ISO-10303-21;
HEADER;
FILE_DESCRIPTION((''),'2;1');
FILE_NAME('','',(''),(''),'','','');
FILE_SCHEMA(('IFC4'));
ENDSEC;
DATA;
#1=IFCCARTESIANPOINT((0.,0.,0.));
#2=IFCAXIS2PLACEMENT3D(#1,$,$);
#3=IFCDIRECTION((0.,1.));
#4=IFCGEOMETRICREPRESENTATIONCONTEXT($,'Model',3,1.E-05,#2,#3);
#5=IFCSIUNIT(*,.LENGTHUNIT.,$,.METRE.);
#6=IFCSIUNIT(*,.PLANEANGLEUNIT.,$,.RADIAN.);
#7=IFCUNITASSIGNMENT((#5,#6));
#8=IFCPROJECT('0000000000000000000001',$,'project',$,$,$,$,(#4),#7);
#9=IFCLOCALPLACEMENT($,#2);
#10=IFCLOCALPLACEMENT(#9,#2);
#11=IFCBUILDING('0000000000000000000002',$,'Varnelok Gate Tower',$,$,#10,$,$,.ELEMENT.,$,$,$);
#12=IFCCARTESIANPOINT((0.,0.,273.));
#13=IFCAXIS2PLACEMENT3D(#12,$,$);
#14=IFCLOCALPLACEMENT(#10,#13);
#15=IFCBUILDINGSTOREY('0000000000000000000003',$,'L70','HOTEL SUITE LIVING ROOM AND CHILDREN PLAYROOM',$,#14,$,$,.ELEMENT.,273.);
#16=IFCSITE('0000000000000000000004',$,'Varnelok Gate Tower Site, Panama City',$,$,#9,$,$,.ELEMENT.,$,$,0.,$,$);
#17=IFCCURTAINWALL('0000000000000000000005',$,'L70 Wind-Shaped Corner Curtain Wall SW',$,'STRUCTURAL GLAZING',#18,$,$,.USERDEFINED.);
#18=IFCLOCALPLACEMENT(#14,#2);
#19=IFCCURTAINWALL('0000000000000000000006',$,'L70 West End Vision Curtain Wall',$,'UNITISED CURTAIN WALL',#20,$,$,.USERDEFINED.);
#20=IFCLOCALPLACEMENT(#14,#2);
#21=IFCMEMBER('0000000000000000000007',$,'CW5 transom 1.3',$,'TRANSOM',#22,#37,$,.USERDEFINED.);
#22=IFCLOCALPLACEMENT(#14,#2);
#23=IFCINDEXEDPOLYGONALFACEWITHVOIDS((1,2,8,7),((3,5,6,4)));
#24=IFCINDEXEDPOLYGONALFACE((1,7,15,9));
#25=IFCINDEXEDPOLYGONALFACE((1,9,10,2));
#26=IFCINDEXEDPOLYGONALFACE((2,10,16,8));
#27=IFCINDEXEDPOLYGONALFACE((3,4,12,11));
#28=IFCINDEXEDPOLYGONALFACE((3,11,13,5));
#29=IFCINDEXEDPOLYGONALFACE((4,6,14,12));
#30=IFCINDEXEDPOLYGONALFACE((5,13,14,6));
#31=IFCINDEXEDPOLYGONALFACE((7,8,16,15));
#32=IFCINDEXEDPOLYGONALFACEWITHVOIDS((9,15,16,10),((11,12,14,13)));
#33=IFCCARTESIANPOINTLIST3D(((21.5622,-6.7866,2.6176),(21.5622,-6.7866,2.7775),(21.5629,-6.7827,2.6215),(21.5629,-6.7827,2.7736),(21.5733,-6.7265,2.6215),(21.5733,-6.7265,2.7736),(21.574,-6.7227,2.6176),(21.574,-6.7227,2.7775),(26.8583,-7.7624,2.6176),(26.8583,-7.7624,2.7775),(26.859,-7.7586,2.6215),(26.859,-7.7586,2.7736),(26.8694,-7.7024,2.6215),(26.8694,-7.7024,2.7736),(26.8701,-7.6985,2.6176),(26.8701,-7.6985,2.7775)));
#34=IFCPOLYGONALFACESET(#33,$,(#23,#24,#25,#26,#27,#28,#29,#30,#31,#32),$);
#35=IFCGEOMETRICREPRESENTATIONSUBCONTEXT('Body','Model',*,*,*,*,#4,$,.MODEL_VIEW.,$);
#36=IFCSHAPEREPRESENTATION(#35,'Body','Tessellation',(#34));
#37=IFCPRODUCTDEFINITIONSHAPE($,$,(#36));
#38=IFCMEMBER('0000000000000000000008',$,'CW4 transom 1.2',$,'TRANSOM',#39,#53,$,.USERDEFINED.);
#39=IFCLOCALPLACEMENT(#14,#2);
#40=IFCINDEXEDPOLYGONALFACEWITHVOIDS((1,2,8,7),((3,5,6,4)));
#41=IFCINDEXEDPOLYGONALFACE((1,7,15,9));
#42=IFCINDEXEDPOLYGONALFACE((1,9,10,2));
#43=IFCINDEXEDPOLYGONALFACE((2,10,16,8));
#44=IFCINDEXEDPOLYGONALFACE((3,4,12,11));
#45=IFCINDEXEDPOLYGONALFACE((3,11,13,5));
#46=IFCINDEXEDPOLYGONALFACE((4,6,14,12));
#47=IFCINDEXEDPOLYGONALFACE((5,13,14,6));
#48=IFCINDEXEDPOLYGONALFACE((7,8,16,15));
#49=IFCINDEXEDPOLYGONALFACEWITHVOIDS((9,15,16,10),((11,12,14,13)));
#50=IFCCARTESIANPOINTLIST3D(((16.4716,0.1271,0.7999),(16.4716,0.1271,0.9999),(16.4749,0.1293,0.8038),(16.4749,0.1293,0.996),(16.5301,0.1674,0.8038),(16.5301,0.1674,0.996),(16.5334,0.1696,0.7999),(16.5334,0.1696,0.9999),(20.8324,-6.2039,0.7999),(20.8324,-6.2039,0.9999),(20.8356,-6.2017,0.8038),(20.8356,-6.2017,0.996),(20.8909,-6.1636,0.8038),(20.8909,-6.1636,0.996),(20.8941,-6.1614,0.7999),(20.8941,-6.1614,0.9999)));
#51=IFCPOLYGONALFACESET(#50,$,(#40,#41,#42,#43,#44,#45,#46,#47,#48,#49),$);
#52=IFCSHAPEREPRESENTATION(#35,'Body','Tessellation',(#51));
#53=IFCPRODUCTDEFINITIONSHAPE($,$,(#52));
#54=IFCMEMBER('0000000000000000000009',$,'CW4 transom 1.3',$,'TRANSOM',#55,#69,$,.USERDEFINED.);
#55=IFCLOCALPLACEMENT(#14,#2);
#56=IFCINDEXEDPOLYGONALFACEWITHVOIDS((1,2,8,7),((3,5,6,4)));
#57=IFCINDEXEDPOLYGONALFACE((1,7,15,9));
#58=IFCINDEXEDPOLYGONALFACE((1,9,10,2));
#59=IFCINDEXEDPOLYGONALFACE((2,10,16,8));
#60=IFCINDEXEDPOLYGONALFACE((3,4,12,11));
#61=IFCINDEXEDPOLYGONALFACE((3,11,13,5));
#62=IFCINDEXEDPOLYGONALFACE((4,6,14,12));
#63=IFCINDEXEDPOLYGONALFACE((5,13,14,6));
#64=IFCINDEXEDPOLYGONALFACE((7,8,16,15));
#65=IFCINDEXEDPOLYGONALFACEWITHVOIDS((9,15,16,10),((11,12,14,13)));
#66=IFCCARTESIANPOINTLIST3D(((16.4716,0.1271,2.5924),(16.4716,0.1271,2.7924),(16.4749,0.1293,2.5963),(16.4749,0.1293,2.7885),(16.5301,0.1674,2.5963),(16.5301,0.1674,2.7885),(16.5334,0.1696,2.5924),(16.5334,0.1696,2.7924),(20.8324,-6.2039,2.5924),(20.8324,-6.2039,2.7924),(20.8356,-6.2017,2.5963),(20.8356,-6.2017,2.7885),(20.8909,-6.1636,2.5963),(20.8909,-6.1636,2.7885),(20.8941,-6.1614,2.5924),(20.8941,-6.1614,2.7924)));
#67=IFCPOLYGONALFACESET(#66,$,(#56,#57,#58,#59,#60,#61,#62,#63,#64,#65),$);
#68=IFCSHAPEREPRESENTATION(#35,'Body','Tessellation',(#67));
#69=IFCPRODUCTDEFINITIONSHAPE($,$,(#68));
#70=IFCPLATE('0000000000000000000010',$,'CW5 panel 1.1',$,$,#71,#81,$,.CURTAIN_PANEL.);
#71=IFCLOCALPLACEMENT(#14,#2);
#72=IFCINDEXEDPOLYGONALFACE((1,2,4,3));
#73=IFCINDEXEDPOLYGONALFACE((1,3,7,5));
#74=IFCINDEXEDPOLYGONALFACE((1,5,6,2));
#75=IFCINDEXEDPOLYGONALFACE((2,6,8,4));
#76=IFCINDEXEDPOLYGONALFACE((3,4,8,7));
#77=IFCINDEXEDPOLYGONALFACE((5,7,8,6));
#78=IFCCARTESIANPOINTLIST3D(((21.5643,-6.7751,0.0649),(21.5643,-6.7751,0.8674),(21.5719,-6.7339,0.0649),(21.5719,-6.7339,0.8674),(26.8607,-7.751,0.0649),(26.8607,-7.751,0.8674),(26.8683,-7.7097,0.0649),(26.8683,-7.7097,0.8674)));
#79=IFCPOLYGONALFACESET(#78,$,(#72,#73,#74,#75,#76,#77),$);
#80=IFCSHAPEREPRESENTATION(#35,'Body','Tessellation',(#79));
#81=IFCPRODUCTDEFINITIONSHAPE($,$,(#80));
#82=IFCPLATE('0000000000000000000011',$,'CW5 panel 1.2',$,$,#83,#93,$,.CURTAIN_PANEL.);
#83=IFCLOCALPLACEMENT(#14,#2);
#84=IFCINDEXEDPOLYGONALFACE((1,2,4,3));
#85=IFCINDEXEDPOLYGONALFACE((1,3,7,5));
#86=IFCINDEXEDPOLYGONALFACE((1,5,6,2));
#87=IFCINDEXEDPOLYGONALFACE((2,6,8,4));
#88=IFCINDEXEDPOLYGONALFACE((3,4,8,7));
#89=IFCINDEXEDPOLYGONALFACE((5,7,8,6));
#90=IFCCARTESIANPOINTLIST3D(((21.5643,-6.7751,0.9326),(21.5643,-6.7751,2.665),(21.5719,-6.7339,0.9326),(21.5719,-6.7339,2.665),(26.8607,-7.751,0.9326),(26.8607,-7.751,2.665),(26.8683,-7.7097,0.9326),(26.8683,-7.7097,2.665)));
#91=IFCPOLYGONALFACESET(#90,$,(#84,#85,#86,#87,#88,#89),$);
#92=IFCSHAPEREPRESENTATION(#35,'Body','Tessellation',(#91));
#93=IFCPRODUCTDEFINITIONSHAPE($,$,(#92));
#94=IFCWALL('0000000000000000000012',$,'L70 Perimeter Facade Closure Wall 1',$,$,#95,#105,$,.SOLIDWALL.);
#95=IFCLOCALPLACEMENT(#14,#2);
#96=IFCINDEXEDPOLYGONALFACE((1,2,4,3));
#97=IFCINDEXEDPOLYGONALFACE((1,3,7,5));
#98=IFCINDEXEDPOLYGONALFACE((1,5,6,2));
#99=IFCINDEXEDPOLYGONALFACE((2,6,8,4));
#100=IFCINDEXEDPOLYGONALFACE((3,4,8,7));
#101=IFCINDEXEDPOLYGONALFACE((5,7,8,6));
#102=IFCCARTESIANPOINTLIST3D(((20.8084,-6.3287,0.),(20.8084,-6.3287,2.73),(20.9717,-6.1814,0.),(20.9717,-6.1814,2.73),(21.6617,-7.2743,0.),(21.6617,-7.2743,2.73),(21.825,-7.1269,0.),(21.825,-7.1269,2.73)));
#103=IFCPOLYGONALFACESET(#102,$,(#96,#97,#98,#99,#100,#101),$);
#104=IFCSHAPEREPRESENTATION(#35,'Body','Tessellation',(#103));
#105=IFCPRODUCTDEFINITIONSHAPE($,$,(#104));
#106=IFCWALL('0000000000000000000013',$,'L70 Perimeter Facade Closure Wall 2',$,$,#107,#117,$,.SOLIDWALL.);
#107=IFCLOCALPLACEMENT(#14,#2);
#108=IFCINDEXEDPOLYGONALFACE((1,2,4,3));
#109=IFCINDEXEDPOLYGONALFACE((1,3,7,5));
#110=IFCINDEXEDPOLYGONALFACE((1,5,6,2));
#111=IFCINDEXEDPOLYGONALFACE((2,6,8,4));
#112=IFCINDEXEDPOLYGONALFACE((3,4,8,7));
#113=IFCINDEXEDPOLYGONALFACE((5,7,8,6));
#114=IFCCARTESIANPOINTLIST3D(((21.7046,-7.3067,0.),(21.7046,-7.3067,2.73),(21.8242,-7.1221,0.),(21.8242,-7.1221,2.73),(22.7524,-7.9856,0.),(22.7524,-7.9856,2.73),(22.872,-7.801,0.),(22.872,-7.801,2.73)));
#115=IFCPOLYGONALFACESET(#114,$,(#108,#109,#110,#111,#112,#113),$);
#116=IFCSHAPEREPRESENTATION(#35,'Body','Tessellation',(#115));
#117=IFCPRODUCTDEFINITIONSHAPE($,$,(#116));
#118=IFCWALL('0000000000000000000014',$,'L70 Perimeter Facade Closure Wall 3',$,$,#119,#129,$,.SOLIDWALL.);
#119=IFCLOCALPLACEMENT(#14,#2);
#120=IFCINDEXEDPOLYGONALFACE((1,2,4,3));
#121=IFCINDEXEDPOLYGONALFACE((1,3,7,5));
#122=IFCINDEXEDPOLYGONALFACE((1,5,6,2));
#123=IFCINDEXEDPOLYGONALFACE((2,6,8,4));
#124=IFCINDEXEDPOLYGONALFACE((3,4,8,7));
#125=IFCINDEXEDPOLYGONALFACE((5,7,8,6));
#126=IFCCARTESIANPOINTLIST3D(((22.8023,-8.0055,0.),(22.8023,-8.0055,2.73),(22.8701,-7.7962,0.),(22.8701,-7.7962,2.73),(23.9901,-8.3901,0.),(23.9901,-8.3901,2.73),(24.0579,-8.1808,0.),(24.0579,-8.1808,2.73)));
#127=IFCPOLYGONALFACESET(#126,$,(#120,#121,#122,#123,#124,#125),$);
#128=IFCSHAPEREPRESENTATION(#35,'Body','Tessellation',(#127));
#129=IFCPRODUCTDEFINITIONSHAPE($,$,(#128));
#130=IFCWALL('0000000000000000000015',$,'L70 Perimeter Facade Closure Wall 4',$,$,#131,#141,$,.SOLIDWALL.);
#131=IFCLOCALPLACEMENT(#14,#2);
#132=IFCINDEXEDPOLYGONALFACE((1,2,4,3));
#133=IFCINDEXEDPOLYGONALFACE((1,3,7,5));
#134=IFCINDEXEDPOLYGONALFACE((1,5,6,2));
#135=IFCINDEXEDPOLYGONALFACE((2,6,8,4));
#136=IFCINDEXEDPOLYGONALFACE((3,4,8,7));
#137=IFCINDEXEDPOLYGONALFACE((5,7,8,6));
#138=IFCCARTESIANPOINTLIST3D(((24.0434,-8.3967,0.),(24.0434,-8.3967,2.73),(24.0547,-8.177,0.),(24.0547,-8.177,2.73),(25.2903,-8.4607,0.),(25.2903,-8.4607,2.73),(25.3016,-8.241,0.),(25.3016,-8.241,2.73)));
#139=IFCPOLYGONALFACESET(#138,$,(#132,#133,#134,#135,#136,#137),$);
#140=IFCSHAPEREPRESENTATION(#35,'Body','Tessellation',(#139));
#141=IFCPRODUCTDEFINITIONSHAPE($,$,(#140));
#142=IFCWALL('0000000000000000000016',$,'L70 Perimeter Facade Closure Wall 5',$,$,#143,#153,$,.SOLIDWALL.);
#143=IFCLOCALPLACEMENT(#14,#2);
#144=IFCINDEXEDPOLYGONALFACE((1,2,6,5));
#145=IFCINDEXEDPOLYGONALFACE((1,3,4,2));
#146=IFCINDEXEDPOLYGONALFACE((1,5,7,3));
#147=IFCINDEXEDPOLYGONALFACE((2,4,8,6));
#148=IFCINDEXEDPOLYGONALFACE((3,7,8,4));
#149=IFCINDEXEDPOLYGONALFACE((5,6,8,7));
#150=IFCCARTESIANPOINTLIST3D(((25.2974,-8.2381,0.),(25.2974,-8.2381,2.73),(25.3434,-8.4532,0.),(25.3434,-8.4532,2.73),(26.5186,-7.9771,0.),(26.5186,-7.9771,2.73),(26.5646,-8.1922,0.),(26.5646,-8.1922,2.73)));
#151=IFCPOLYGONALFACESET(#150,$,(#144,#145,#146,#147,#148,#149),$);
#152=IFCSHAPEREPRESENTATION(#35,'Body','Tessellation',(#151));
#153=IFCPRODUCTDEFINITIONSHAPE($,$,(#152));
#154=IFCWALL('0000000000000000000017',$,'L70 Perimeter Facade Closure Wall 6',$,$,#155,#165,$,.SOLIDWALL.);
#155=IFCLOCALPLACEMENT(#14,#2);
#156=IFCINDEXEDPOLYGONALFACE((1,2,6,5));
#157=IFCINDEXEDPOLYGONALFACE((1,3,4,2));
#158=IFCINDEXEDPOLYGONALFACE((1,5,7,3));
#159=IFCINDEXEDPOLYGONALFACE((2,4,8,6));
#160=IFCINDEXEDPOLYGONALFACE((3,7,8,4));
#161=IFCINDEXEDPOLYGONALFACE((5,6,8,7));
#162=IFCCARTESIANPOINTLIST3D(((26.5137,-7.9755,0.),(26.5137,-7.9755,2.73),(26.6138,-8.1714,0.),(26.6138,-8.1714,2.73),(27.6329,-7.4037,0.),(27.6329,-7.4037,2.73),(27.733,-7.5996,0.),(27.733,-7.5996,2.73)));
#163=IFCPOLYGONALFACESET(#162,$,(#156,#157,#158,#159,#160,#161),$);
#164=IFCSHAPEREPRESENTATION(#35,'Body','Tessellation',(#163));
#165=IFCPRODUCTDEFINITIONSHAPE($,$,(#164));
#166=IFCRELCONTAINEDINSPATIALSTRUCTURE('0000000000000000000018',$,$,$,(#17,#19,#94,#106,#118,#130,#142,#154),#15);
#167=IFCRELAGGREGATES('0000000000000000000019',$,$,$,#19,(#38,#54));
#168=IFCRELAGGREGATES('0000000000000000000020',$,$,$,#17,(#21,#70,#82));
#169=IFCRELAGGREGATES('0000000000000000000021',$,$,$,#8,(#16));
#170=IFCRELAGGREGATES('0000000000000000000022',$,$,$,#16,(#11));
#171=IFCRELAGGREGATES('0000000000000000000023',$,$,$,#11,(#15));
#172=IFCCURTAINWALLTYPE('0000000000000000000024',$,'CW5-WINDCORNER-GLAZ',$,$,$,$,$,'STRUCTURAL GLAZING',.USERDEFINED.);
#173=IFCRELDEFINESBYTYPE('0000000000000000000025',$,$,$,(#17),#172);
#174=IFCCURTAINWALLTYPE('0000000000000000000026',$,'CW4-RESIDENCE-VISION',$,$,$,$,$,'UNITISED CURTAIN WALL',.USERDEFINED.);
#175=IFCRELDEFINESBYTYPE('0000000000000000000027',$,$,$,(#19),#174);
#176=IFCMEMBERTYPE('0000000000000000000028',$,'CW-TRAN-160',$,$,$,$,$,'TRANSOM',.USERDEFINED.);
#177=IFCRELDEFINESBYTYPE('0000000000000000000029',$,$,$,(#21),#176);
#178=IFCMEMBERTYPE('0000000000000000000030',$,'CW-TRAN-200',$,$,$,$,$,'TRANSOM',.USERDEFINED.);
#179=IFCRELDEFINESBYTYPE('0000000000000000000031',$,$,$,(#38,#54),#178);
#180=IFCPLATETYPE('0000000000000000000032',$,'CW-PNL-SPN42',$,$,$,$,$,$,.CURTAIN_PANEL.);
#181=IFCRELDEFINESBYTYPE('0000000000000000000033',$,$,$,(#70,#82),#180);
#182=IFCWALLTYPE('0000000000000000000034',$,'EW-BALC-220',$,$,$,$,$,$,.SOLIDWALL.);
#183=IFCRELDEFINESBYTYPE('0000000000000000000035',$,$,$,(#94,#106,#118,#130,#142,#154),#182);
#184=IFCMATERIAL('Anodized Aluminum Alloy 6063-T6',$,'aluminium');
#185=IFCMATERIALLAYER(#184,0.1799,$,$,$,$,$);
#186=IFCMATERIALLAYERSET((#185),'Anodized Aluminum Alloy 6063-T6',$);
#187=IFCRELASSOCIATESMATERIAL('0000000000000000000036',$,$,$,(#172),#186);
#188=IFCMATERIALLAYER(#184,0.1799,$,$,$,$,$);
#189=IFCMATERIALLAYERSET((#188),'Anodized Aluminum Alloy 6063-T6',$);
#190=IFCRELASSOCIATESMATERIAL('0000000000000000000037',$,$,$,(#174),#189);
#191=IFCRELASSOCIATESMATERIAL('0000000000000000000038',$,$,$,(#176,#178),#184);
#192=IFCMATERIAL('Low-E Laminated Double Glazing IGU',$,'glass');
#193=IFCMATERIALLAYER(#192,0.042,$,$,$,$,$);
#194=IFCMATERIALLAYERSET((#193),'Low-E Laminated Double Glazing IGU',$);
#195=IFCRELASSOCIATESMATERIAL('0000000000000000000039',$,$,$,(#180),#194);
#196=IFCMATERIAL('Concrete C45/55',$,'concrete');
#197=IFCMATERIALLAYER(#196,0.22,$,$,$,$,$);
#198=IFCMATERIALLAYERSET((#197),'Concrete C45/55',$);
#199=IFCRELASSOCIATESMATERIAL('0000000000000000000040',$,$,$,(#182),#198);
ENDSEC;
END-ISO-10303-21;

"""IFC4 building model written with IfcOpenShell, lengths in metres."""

from ifc_helpers import new_model, si_unit, direction, frame, frame_2d, origin, origin_2d, place, context, subcontext, project, spatial, rectangle, hollow_rectangle, extrude, source, transform, mapped, material, layer, layer_set, material_profile, profile_set, type_object, element, aggregate, save


model = new_model("IFC4")

# Units and contexts
model_context = context("Model", 3, precision=1e-05, world=origin(), true_north=direction((0.0, 1.0)))
body_context = subcontext(model_context, "Body", "Model", "MODEL_VIEW")
ifc_project = project(units=[si_unit("LENGTHUNIT", "METRE"), si_unit("PLANEANGLEUNIT", "RADIAN")], contexts=[model_context])

# Site, building, storey
site_placement = place(None, origin())
site = spatial("IfcSite", under=ifc_project, at=site_placement, Name="Varnelok Gate Tower Site, Panama City", CompositionType="ELEMENT", RefElevation=0.0)
building_placement = place(site_placement, origin())
building = spatial("IfcBuilding", under=site, at=building_placement, Name="Varnelok Gate Tower", CompositionType="ELEMENT")
storey_placement = place(building_placement, frame((0.0, 0.0, 273.0)))
storey = spatial("IfcBuildingStorey", under=building, at=storey_placement, Name="L70", Description="HOTEL SUITE LIVING ROOM AND CHILDREN PLAYROOM", CompositionType="ELEMENT", Elevation=273.0)

# Curtain wall
ifc_material_1 = material(Name="Anodized Aluminum Alloy 6063-T6", Category="aluminium")
ifc_layer_1 = layer(ifc_material_1, 0.1799)
ifc_layer_set_1 = layer_set([ifc_layer_1], Name="Anodized Aluminum Alloy 6063-T6")
curtain_wall_type_1 = type_object("IfcCurtainWallType", Name="CW5-WINDCORNER-GLAZ", ElementType="STRUCTURAL GLAZING", PredefinedType="USERDEFINED", material=ifc_layer_set_1)
curtain_wall_1_placement = place(storey_placement, origin())
curtain_wall_1 = element("IfcCurtainWall", 1, at=curtain_wall_1_placement, inside=storey, type_object=curtain_wall_type_1, Name="L70 Wind-Shaped Corner Curtain Wall SW", ObjectType="STRUCTURAL GLAZING", PredefinedType="USERDEFINED")

# Curtain wall
ifc_layer_2 = layer(ifc_material_1, 0.1799)
ifc_layer_set_2 = layer_set([ifc_layer_2], Name="Anodized Aluminum Alloy 6063-T6")
curtain_wall_type_2 = type_object("IfcCurtainWallType", Name="CW4-RESIDENCE-VISION", ElementType="UNITISED CURTAIN WALL", PredefinedType="USERDEFINED", material=ifc_layer_set_2)
curtain_wall_2_placement = place(storey_placement, origin())
curtain_wall_2 = element("IfcCurtainWall", 2, at=curtain_wall_2_placement, inside=storey, type_object=curtain_wall_type_2, Name="L70 West End Vision Curtain Wall", ObjectType="UNITISED CURTAIN WALL", PredefinedType="USERDEFINED")

# Members
ifc_material_profile_1 = material_profile(ifc_material_1, hollow_rectangle(XDim=0.0649, YDim=0.1599, WallThickness=0.0039, at=origin_2d()), Name="ALU160X65X4")
ifc_profile_set_1 = profile_set([ifc_material_profile_1], Name="Anodized Aluminum Alloy 6063-T6")
member_type_1 = type_object("IfcMemberType", Name="CW-TRAN-160", ElementType="TRANSOM", PredefinedType="USERDEFINED", material=ifc_profile_set_1)
member_1_placement = place(storey_placement, frame((21.5681, -6.7546, 2.6975), z_axis=(0.983446, -0.181203, 0.0), x_axis=(0.181203, 0.983446, 0.0)))
member_1 = element("IfcMember", 3, at=member_1_placement, type_object=member_type_1, Name="CW5 transom 1.3", ObjectType="TRANSOM", PredefinedType="USERDEFINED", context=body_context, shape_type="SweptSolid", body=[
    extrude(hollow_rectangle(XDim=0.0649, YDim=0.1599, WallThickness=0.0039, at=origin_2d()), origin(), (0.0, 0.0, 1.0), 5.3853),
])
ifc_material_profile_2 = material_profile(ifc_material_1, hollow_rectangle(XDim=0.075, YDim=0.2, WallThickness=0.0039, at=origin_2d()), Name="ALU200X75X4")
ifc_profile_set_2 = profile_set([ifc_material_profile_2], Name="Anodized Aluminum Alloy 6063-T6")
member_type_2 = type_object("IfcMemberType", Name="CW-TRAN-200", ElementType="TRANSOM", PredefinedType="USERDEFINED", material=ifc_profile_set_2)
member_2_placement = place(storey_placement, frame((20.8633, -6.1826, 0.8999), z_axis=(-0.567256, 0.823541, 0.0), x_axis=(-0.823541, -0.567256, 0.0)))
member_2 = element("IfcMember", 4, at=member_2_placement, type_object=member_type_2, Name="CW4 transom 1.2", ObjectType="TRANSOM", PredefinedType="USERDEFINED", context=body_context, shape_type="SweptSolid", body=[
    extrude(hollow_rectangle(XDim=0.075, YDim=0.2, WallThickness=0.0039, at=origin_2d()), origin(), (0.0, 0.0, 1.0), 7.6875),
])
member_3_placement = place(storey_placement, frame((20.8633, -6.1826, 2.6924), z_axis=(-0.567256, 0.823541, 0.0), x_axis=(-0.823541, -0.567256, 0.0)))
member_3 = element("IfcMember", 5, at=member_3_placement, type_object=member_type_2, Name="CW4 transom 1.3", ObjectType="TRANSOM", PredefinedType="USERDEFINED", context=body_context, shape_type="SweptSolid", body=[
    extrude(hollow_rectangle(XDim=0.075, YDim=0.2, WallThickness=0.0039, at=origin_2d()), origin(), (0.0, 0.0, 1.0), 7.6875),
])
aggregate(curtain_wall_2, [member_2, member_3])

# Plates
ifc_material_2 = material(Name="Low-E Laminated Double Glazing IGU", Category="glass")
ifc_layer_3 = layer(ifc_material_2, 0.042)
ifc_layer_set_3 = layer_set([ifc_layer_3], Name="Low-E Laminated Double Glazing IGU")
plate_type = type_object("IfcPlateType", Name="CW-PNL-SPN42", PredefinedType="CURTAIN_PANEL", material=ifc_layer_set_3)
shared_shape_1 = source(origin(), body_context, "Body", "SweptSolid", [
    extrude(rectangle(XDim=5.3855, YDim=0.042, at=origin_2d()), origin(), (0.0, 0.0, 1.0), 0.8025),
])
plate_1_placement = place(storey_placement, frame((24.2163, -7.2424, 0.0649), z_axis=(0.0, 0.0, 1.0), x_axis=(0.983446, -0.181202, 0.0)))
plate_1 = element("IfcPlate", 6, at=plate_1_placement, type_object=plate_type, Name="CW5 panel 1.1", PredefinedType="CURTAIN_PANEL", context=body_context, shape_type="MappedRepresentation", body=[
    mapped(shared_shape_1, transform((0.0, 0.0, 0.0), scale=1.0)),
])
shared_shape_2 = source(origin(), body_context, "Body", "SweptSolid", [
    extrude(rectangle(XDim=5.3855, YDim=0.042, at=origin_2d()), origin(), (0.0, 0.0, 1.0), 1.7324),
])
plate_2_placement = place(storey_placement, frame((24.2163, -7.2424, 0.9326), z_axis=(0.0, 0.0, 1.0), x_axis=(0.983446, -0.181202, 0.0)))
plate_2 = element("IfcPlate", 7, at=plate_2_placement, type_object=plate_type, Name="CW5 panel 1.2", PredefinedType="CURTAIN_PANEL", context=body_context, shape_type="MappedRepresentation", body=[
    mapped(shared_shape_2, transform((0.0, 0.0, 0.0), scale=1.0)),
])
aggregate(curtain_wall_1, [member_1, plate_1, plate_2])

# Walls
ifc_material_3 = material(Name="Concrete C45/55", Category="concrete")
ifc_layer_4 = layer(ifc_material_3, 0.22)
ifc_layer_set_4 = layer_set([ifc_layer_4], Name="Concrete C45/55")
wall_type_1 = type_object("IfcWallType", Name="EW-BALC-220", PredefinedType="SOLIDWALL", material=ifc_layer_set_4)
wall_1_placement = place(storey_placement, frame((20.8901, -6.2551, 0.0), z_axis=(0.0, 0.0, 1.0), x_axis=(0.669949, -0.742407, 0.0)))
element("IfcWall", 8, at=wall_1_placement, inside=storey, type_object=wall_type_1, Name="L70 Perimeter Facade Closure Wall 1", PredefinedType="SOLIDWALL", context=body_context, shape_type="SweptSolid", body=[
    extrude(rectangle(XDim=1.2737, YDim=0.22, at=frame_2d((0.6367, 0.0))), origin(), (0.0, 0.0, 1.0), 2.73),
])
for number, where, z_axis, x_axis, name in (
    (9, (21.7644, -7.2144, 0.0), (0.0, 0.0, 1.0), (0.839229, -0.543778, 0.0), "L70 Perimeter Facade Closure Wall 2"),
    (10, (22.8362, -7.9009, 0.0), (0.0, 0.0, 1.0), (0.951386, -0.308003, 0.0), "L70 Perimeter Facade Closure Wall 3"),
    (11, (24.0491, -8.2869, 0.0), (0.0, 0.0, 1.0), (0.998687, -0.051235, 0.0), "L70 Perimeter Facade Closure Wall 4"),
):
    element("IfcWall", number, at=place(storey_placement, frame(where, z_axis=z_axis, x_axis=x_axis)), inside=storey, type_object=wall_type_1, Name=name, PredefinedType="SOLIDWALL", context=body_context, shape_type="SweptSolid", body=[
        extrude(rectangle(XDim=1.2485, YDim=0.22, at=frame_2d((0.6243, 0.0))), origin(), (0.0, 0.0, 1.0), 2.73),
    ])
wall_2_placement = place(storey_placement, frame((25.3203, -8.3457, 0.0), z_axis=(0.0, 0.0, 1.0), x_axis=(0.977917, 0.208995, 0.0)))
element("IfcWall", 12, at=wall_2_placement, inside=storey, type_object=wall_type_1, Name="L70 Perimeter Facade Closure Wall 5", PredefinedType="SOLIDWALL", context=body_context, shape_type="SweptSolid", body=[
    extrude(rectangle(XDim=1.2488, YDim=0.22, at=frame_2d((0.6245, 0.0))), origin(), (0.0, 0.0, 1.0), 2.73),
])
wall_3_placement = place(storey_placement, frame((26.5637, -8.0735, 0.0), z_axis=(0.0, 0.0, 1.0), x_axis=(0.890508, 0.454967, 0.0)))
element("IfcWall", 13, at=wall_3_placement, inside=storey, type_object=wall_type_1, Name="L70 Perimeter Facade Closure Wall 6", PredefinedType="SOLIDWALL", context=body_context, shape_type="SweptSolid", body=[
    extrude(rectangle(XDim=1.2568, YDim=0.22, at=frame_2d((0.6284, 0.0))), origin(), (0.0, 0.0, 1.0), 2.73),
])

save(model, "model.ifc")
